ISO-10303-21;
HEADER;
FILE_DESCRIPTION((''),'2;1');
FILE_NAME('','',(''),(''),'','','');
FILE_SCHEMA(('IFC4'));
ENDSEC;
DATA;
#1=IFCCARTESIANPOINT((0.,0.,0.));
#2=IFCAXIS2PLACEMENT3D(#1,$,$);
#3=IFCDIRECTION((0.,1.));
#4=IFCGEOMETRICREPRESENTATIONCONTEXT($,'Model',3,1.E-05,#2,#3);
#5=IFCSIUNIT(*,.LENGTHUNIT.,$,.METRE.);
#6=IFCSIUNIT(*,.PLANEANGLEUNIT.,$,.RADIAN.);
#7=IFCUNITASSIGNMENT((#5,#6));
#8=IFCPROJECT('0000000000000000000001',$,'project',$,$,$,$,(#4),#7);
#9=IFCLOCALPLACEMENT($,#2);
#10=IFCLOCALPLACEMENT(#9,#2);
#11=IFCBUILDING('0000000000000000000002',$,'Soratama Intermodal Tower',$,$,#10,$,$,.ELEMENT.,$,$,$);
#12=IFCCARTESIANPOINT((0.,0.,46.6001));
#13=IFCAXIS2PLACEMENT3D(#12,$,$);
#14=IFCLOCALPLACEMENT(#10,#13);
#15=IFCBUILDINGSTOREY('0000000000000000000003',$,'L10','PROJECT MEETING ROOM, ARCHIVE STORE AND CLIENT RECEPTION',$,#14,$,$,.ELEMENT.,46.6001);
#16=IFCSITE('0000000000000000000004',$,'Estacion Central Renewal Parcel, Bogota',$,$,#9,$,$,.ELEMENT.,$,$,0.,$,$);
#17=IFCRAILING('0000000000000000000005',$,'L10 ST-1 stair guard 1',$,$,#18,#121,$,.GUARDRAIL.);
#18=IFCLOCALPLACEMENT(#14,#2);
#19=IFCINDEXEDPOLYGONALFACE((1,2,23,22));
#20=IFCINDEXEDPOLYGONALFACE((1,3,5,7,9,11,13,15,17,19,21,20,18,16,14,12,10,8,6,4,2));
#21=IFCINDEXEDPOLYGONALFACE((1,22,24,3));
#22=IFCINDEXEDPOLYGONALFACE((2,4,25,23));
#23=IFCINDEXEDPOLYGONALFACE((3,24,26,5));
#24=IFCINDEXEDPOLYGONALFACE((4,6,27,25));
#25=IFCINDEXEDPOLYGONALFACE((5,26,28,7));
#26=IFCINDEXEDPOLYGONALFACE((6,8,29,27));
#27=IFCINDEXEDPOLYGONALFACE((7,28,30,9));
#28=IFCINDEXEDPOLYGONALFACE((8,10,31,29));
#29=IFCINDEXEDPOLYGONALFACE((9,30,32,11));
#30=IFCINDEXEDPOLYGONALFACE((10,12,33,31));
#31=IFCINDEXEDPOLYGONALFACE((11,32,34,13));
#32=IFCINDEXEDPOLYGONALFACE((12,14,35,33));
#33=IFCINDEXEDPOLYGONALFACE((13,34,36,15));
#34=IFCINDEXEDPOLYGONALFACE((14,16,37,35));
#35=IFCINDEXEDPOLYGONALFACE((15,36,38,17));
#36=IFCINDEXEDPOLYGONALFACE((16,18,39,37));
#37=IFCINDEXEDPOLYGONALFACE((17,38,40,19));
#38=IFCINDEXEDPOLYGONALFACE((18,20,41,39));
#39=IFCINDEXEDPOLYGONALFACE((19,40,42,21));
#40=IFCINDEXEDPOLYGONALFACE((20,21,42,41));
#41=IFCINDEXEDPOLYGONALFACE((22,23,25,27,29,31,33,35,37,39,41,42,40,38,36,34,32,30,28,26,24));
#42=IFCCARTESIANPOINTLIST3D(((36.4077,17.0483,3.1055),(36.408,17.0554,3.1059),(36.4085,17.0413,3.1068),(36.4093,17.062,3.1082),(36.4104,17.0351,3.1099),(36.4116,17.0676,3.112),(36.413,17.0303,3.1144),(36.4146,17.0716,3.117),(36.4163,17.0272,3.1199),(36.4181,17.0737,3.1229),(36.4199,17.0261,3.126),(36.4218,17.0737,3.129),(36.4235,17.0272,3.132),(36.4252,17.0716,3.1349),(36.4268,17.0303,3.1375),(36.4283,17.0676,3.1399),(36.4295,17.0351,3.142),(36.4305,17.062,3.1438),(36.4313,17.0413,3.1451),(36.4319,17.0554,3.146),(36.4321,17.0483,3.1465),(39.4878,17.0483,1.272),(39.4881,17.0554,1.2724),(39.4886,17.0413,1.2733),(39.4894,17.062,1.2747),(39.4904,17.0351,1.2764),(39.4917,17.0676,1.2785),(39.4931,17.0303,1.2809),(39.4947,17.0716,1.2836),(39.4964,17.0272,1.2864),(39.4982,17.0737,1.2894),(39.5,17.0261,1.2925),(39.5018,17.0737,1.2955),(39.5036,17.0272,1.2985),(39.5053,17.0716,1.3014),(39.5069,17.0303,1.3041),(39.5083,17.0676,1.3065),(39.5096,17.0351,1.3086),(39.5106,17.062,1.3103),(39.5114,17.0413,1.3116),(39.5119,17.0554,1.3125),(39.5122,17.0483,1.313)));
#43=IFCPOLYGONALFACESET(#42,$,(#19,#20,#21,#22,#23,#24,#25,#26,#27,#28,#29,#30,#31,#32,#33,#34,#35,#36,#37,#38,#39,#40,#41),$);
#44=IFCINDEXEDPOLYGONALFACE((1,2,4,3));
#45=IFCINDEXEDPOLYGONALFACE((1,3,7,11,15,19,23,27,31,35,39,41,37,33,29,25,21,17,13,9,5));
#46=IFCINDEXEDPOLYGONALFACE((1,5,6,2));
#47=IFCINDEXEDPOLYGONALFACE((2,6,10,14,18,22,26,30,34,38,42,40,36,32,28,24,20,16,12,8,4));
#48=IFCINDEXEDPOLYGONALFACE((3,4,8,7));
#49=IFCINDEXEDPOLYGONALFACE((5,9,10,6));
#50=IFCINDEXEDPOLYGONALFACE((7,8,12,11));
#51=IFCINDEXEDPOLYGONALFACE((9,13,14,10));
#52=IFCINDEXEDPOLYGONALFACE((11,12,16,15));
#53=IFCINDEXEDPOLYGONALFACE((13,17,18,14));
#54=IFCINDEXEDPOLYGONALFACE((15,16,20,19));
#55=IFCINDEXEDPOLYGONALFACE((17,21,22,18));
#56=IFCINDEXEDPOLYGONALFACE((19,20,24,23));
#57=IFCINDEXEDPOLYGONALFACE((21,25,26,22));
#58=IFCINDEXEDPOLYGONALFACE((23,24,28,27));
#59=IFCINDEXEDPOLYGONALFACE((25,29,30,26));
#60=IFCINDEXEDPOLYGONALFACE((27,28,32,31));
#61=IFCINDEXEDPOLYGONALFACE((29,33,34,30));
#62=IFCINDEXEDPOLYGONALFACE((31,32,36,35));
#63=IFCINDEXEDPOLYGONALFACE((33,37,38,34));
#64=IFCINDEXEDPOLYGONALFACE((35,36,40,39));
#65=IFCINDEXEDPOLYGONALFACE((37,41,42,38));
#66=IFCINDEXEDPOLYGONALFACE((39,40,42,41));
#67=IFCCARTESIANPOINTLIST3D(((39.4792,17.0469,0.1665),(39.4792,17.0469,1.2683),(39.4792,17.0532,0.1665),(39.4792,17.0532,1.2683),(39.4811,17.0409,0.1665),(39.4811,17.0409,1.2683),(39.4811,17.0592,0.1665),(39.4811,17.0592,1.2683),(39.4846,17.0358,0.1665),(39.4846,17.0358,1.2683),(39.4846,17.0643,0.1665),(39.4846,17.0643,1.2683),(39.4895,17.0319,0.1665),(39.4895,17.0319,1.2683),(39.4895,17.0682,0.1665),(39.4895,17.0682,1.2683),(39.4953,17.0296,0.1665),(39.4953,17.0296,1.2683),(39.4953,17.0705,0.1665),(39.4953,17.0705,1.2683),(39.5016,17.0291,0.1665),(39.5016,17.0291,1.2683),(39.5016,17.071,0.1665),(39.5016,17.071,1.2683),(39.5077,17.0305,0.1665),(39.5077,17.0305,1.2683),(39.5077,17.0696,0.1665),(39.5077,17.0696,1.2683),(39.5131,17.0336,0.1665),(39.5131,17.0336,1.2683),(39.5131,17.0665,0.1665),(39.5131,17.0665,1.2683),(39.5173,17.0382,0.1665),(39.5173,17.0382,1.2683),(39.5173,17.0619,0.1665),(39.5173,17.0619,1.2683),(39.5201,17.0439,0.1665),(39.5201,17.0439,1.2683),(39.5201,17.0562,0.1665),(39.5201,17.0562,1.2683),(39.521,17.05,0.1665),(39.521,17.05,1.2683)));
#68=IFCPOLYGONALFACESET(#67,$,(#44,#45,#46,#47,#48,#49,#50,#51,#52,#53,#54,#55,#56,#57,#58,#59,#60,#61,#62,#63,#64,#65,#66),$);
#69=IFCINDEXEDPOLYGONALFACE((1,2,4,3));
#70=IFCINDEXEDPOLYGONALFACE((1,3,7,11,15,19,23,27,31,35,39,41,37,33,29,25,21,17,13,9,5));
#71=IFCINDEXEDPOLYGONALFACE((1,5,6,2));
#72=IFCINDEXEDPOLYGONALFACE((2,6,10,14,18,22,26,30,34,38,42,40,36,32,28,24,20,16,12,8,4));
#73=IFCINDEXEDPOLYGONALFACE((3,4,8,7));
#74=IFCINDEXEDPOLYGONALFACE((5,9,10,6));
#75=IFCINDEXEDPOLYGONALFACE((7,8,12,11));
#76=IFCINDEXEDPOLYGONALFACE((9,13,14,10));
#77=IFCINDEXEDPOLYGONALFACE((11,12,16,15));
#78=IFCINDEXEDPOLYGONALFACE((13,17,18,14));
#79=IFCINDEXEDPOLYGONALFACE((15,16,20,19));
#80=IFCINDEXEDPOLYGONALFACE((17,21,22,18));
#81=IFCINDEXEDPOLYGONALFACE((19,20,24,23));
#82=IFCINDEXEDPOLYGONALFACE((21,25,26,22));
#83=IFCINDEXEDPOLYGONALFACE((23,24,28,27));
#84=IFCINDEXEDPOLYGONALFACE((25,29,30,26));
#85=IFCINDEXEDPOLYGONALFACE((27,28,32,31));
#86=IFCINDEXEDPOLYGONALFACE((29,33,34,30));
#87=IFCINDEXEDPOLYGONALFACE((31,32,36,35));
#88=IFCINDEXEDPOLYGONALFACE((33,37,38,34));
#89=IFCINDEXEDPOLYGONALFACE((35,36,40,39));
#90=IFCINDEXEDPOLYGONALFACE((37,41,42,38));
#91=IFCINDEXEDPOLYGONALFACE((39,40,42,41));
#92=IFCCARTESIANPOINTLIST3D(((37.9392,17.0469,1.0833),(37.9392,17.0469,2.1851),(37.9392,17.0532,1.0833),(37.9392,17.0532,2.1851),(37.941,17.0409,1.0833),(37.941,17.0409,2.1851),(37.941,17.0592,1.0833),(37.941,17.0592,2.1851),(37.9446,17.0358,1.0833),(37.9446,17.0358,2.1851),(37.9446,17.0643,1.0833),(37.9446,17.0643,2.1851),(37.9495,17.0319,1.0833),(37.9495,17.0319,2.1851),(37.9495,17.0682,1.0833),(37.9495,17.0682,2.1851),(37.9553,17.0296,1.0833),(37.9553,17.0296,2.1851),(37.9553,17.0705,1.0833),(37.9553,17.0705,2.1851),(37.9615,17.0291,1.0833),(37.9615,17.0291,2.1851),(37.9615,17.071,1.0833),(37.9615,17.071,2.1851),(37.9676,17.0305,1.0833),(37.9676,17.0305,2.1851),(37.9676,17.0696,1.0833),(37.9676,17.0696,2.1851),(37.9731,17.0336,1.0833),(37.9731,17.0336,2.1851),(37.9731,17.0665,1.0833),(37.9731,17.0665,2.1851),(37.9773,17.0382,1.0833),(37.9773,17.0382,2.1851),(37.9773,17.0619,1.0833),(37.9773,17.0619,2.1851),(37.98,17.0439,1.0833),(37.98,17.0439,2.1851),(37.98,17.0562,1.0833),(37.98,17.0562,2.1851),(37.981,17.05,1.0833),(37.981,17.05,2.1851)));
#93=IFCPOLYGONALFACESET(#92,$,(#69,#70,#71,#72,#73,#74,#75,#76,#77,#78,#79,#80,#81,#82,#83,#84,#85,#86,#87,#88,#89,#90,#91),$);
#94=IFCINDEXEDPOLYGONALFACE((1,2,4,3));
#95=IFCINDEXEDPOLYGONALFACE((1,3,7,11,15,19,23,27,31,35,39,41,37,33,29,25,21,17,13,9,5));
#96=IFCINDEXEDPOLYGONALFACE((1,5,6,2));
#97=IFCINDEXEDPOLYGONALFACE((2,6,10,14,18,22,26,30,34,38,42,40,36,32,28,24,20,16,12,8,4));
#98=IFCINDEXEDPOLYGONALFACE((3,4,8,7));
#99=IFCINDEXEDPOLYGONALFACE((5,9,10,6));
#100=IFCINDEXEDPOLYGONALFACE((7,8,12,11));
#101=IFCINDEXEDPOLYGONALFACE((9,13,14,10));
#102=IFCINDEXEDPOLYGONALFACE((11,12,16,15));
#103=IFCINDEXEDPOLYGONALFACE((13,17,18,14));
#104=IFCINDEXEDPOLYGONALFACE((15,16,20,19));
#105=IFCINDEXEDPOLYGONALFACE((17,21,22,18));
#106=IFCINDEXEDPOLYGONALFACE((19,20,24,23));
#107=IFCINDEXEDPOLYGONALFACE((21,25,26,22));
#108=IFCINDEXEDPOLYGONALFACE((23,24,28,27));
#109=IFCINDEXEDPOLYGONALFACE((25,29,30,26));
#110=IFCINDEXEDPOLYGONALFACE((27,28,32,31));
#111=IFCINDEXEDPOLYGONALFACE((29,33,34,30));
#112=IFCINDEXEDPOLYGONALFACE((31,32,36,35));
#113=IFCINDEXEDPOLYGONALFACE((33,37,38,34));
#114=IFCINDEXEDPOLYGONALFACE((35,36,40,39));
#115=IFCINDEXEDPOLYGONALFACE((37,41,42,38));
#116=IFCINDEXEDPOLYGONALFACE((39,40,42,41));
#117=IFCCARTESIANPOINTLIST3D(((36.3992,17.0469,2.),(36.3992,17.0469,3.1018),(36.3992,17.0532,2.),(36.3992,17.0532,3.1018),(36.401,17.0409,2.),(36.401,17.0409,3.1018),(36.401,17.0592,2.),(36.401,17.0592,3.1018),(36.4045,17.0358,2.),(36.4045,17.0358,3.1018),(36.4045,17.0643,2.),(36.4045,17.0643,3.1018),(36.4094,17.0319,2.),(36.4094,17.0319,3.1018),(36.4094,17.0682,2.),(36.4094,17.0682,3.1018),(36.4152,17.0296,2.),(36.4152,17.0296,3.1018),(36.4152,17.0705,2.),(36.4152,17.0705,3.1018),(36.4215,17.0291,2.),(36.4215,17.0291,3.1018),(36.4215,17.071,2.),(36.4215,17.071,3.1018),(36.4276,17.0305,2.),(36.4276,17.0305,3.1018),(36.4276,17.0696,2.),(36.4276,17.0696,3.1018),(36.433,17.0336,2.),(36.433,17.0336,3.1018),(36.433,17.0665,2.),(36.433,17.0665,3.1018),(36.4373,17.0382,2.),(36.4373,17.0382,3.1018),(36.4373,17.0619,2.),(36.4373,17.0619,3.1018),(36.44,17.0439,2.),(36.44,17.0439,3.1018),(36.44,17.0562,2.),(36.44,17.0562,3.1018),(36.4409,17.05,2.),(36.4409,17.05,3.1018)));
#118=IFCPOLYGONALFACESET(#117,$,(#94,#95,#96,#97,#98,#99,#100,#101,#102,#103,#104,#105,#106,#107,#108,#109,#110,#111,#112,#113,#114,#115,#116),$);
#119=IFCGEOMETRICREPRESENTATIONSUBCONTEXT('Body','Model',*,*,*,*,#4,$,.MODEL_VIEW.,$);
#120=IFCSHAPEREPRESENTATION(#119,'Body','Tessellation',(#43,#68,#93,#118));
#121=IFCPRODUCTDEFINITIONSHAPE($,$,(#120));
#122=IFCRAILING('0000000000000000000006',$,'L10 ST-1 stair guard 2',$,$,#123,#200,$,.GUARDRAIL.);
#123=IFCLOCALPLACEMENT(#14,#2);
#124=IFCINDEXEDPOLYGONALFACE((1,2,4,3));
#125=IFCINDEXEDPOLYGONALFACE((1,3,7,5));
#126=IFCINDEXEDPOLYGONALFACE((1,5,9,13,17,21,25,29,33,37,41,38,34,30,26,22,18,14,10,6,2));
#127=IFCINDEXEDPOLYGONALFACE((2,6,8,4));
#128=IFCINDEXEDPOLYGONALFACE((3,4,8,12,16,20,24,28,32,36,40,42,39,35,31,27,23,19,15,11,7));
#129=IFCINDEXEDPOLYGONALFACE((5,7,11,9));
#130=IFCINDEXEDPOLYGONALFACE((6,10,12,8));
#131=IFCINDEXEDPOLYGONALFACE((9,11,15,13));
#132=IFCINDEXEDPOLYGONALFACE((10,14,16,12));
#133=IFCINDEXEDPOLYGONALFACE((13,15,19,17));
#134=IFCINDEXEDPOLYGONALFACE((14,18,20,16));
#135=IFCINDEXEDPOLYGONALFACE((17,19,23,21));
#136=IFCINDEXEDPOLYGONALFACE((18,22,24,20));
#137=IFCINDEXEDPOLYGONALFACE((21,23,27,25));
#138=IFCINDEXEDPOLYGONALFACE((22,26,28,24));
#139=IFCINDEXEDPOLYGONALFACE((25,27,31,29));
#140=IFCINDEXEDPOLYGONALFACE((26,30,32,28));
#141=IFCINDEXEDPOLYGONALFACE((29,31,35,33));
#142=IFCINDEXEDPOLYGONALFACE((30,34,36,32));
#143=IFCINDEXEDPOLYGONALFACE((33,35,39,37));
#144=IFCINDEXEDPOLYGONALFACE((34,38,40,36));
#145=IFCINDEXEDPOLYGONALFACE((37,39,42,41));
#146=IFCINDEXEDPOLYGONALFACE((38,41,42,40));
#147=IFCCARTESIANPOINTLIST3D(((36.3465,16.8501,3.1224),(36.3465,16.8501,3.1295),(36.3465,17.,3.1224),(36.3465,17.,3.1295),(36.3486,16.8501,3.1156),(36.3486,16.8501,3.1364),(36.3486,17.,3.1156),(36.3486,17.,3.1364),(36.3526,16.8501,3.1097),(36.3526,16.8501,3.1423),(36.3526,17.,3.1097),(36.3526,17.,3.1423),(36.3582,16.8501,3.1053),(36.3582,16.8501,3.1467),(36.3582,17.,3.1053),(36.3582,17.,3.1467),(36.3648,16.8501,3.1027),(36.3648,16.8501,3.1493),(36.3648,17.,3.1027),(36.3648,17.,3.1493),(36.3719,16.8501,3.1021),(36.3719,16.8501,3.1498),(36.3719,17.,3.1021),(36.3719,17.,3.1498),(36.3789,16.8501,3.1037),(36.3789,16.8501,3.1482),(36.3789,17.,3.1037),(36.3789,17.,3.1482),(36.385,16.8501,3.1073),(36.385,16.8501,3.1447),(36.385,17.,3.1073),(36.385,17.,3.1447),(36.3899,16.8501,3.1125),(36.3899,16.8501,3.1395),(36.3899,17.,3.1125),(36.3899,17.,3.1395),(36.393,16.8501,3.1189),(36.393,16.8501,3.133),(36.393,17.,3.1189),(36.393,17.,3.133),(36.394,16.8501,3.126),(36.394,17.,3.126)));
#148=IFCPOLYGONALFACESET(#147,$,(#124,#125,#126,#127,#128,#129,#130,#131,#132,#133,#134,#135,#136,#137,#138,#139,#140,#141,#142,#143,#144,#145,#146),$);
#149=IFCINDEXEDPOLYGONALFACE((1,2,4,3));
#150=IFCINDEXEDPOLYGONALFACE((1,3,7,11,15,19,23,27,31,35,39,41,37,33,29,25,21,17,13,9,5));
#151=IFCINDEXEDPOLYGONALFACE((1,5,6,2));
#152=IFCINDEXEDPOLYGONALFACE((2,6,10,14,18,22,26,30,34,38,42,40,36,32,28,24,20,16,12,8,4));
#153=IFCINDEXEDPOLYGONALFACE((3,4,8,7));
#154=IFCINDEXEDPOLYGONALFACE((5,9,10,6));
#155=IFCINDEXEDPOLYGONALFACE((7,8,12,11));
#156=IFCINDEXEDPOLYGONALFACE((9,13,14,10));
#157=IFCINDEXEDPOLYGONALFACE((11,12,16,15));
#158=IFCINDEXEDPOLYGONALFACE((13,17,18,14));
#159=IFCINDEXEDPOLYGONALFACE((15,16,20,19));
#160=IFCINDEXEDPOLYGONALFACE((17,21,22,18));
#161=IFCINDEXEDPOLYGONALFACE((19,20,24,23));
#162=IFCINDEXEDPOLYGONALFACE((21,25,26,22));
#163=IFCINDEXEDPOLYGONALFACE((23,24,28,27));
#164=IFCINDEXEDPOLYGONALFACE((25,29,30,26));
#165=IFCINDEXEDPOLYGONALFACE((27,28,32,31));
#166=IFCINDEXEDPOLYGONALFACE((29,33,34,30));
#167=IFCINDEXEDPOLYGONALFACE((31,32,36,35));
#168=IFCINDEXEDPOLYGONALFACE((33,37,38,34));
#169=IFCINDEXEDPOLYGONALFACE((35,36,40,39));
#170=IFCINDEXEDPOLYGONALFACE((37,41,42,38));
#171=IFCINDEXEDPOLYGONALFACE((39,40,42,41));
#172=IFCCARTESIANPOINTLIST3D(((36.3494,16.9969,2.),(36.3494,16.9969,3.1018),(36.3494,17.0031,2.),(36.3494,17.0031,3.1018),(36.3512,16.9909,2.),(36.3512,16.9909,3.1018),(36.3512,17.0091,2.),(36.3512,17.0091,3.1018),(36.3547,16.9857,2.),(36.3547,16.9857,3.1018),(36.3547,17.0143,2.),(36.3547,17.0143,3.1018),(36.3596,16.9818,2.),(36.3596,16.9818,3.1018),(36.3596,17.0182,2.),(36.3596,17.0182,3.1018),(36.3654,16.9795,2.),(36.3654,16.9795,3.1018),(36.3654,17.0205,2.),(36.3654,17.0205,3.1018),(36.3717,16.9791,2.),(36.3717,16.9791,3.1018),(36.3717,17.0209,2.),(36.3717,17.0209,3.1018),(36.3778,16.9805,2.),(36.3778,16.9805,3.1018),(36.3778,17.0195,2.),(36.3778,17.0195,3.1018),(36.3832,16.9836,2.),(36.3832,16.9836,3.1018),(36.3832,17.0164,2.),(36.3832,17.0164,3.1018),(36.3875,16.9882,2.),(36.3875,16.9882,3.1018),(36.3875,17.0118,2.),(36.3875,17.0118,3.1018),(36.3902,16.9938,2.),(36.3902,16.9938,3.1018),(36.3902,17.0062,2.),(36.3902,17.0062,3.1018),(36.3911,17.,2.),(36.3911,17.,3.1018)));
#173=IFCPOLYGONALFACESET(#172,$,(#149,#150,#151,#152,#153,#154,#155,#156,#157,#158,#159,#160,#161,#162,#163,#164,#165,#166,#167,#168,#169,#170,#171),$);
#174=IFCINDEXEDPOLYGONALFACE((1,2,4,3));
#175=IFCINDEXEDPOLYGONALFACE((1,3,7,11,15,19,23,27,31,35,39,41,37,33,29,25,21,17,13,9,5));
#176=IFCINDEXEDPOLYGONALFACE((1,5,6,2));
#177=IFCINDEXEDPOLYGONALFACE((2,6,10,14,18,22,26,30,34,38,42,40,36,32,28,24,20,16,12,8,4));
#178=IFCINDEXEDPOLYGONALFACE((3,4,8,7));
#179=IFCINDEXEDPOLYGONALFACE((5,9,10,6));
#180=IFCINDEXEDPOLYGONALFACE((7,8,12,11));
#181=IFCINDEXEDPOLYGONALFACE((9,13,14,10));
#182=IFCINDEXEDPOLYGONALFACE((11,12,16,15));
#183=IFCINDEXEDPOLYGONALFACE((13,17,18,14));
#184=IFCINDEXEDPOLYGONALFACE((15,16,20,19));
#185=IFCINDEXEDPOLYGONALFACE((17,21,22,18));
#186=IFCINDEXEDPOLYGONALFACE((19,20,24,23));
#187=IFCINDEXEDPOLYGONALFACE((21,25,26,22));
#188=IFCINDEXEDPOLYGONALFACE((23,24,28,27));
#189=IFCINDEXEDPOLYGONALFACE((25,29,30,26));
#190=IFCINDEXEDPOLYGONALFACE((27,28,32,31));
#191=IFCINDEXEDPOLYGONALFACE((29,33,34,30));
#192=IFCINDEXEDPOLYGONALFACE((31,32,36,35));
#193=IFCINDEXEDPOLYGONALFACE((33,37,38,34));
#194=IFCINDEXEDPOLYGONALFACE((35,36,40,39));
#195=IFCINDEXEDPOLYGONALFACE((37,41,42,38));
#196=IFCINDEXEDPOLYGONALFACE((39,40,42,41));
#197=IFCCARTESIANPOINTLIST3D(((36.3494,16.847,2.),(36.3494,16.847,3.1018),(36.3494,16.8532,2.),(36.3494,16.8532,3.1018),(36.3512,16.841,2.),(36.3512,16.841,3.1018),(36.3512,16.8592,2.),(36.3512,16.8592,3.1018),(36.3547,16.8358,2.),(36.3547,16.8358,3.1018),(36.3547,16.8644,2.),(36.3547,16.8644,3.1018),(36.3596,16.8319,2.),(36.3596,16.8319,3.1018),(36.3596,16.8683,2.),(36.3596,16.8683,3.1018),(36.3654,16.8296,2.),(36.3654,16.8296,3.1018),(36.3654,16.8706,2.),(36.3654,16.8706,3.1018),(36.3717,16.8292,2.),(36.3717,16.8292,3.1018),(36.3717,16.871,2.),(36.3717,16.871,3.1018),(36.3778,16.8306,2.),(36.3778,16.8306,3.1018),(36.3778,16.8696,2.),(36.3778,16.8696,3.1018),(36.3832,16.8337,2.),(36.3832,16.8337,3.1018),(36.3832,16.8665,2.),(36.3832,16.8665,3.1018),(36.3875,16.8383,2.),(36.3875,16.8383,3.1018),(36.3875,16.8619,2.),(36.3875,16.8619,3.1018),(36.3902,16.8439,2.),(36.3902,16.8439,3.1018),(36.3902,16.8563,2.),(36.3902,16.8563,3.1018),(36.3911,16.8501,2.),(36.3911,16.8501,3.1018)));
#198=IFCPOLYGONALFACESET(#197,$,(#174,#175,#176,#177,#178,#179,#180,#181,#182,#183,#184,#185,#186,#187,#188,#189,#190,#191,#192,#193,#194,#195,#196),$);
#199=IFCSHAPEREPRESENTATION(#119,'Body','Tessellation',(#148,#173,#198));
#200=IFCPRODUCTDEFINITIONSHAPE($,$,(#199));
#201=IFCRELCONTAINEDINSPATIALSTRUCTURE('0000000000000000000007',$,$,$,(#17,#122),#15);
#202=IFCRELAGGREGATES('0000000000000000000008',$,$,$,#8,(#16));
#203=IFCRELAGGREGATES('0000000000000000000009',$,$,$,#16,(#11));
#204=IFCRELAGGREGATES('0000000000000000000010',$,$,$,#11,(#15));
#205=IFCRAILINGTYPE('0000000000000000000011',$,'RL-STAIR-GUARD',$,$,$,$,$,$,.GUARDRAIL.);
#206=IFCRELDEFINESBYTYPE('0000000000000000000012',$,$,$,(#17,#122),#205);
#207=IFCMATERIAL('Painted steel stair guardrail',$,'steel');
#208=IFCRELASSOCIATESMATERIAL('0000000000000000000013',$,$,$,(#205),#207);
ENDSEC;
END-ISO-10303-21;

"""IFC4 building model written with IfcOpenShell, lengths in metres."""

from ifc_helpers import new_model, si_unit, direction, frame, origin, origin_2d, place, context, subcontext, project, spatial, circle, extrude, material, type_object, element, save


model = new_model("IFC4")

# Units and contexts
model_context = context("Model", 3, precision=1e-05, world=origin(), true_north=direction((0.0, 1.0)))
body_context = subcontext(model_context, "Body", "Model", "MODEL_VIEW")
ifc_project = project(units=[si_unit("LENGTHUNIT", "METRE"), si_unit("PLANEANGLEUNIT", "RADIAN")], contexts=[model_context])

# Site, building, storey
site_placement = place(None, origin())
site = spatial("IfcSite", under=ifc_project, at=site_placement, Name="Estacion Central Renewal Parcel, Bogota", CompositionType="ELEMENT", RefElevation=0.0)
building_placement = place(site_placement, origin())
building = spatial("IfcBuilding", under=site, at=building_placement, Name="Soratama Intermodal Tower", CompositionType="ELEMENT")
storey_placement = place(building_placement, frame((0.0, 0.0, 46.6001)))
storey = spatial("IfcBuildingStorey", under=building, at=storey_placement, Name="L10", Description="PROJECT MEETING ROOM, ARCHIVE STORE AND CLIENT RECEPTION", CompositionType="ELEMENT", Elevation=46.6001)

# Railings
ifc_material_1 = material(Name="Painted steel stair guardrail", Category="steel")
railing_type_1 = type_object("IfcRailingType", Name="RL-STAIR-GUARD", PredefinedType="GUARDRAIL", material=ifc_material_1)
railing_1_placement = place(storey_placement, frame((39.5, 17.05, 0.1665)))
element("IfcRailing", 1, at=railing_1_placement, inside=storey, type_object=railing_type_1, Name="L10 ST-1 stair guard 1", PredefinedType="GUARDRAIL", context=body_context, shape_type="SweptSolid", body=[
    extrude(circle(Radius=0.0239, at=origin_2d()), frame((0.0, 0.0, 1.126), z_axis=(-0.859279, 0.0, 0.511508), x_axis=(0.0, -1.0, 0.0)), (0.0, 0.0, 1.0), 3.5845),
    extrude(circle(Radius=0.021, at=origin_2d()), origin(), (0.0, 0.0, 1.0), 1.1018),
    extrude(circle(Radius=0.021, at=origin_2d()), frame((-1.54, 0.0, 0.9167)), (0.0, 0.0, 1.0), 1.1018),
    extrude(circle(Radius=0.021, at=origin_2d()), frame((-3.0801, 0.0, 1.8335)), (0.0, 0.0, 1.0), 1.1018),
])
railing_2_placement = place(storey_placement, frame((36.3701, 17.0, 2.0)))
element("IfcRailing", 2, at=railing_2_placement, inside=storey, type_object=railing_type_1, Name="L10 ST-1 stair guard 2", PredefinedType="GUARDRAIL", context=body_context, shape_type="SweptSolid", body=[
    extrude(circle(Radius=0.0239, at=origin_2d()), frame((0.0, 0.0, 1.126), z_axis=(0.0, -1.0, 0.0), x_axis=(1.0, 0.0, 0.0)), (0.0, 0.0, 1.0), 0.1499),
    extrude(circle(Radius=0.021, at=origin_2d()), origin(), (0.0, 0.0, 1.0), 1.1018),
    extrude(circle(Radius=0.021, at=origin_2d()), frame((0.0, -0.1499, 0.0)), (0.0, 0.0, 1.0), 1.1018),
])

save(model, "model.ifc")
